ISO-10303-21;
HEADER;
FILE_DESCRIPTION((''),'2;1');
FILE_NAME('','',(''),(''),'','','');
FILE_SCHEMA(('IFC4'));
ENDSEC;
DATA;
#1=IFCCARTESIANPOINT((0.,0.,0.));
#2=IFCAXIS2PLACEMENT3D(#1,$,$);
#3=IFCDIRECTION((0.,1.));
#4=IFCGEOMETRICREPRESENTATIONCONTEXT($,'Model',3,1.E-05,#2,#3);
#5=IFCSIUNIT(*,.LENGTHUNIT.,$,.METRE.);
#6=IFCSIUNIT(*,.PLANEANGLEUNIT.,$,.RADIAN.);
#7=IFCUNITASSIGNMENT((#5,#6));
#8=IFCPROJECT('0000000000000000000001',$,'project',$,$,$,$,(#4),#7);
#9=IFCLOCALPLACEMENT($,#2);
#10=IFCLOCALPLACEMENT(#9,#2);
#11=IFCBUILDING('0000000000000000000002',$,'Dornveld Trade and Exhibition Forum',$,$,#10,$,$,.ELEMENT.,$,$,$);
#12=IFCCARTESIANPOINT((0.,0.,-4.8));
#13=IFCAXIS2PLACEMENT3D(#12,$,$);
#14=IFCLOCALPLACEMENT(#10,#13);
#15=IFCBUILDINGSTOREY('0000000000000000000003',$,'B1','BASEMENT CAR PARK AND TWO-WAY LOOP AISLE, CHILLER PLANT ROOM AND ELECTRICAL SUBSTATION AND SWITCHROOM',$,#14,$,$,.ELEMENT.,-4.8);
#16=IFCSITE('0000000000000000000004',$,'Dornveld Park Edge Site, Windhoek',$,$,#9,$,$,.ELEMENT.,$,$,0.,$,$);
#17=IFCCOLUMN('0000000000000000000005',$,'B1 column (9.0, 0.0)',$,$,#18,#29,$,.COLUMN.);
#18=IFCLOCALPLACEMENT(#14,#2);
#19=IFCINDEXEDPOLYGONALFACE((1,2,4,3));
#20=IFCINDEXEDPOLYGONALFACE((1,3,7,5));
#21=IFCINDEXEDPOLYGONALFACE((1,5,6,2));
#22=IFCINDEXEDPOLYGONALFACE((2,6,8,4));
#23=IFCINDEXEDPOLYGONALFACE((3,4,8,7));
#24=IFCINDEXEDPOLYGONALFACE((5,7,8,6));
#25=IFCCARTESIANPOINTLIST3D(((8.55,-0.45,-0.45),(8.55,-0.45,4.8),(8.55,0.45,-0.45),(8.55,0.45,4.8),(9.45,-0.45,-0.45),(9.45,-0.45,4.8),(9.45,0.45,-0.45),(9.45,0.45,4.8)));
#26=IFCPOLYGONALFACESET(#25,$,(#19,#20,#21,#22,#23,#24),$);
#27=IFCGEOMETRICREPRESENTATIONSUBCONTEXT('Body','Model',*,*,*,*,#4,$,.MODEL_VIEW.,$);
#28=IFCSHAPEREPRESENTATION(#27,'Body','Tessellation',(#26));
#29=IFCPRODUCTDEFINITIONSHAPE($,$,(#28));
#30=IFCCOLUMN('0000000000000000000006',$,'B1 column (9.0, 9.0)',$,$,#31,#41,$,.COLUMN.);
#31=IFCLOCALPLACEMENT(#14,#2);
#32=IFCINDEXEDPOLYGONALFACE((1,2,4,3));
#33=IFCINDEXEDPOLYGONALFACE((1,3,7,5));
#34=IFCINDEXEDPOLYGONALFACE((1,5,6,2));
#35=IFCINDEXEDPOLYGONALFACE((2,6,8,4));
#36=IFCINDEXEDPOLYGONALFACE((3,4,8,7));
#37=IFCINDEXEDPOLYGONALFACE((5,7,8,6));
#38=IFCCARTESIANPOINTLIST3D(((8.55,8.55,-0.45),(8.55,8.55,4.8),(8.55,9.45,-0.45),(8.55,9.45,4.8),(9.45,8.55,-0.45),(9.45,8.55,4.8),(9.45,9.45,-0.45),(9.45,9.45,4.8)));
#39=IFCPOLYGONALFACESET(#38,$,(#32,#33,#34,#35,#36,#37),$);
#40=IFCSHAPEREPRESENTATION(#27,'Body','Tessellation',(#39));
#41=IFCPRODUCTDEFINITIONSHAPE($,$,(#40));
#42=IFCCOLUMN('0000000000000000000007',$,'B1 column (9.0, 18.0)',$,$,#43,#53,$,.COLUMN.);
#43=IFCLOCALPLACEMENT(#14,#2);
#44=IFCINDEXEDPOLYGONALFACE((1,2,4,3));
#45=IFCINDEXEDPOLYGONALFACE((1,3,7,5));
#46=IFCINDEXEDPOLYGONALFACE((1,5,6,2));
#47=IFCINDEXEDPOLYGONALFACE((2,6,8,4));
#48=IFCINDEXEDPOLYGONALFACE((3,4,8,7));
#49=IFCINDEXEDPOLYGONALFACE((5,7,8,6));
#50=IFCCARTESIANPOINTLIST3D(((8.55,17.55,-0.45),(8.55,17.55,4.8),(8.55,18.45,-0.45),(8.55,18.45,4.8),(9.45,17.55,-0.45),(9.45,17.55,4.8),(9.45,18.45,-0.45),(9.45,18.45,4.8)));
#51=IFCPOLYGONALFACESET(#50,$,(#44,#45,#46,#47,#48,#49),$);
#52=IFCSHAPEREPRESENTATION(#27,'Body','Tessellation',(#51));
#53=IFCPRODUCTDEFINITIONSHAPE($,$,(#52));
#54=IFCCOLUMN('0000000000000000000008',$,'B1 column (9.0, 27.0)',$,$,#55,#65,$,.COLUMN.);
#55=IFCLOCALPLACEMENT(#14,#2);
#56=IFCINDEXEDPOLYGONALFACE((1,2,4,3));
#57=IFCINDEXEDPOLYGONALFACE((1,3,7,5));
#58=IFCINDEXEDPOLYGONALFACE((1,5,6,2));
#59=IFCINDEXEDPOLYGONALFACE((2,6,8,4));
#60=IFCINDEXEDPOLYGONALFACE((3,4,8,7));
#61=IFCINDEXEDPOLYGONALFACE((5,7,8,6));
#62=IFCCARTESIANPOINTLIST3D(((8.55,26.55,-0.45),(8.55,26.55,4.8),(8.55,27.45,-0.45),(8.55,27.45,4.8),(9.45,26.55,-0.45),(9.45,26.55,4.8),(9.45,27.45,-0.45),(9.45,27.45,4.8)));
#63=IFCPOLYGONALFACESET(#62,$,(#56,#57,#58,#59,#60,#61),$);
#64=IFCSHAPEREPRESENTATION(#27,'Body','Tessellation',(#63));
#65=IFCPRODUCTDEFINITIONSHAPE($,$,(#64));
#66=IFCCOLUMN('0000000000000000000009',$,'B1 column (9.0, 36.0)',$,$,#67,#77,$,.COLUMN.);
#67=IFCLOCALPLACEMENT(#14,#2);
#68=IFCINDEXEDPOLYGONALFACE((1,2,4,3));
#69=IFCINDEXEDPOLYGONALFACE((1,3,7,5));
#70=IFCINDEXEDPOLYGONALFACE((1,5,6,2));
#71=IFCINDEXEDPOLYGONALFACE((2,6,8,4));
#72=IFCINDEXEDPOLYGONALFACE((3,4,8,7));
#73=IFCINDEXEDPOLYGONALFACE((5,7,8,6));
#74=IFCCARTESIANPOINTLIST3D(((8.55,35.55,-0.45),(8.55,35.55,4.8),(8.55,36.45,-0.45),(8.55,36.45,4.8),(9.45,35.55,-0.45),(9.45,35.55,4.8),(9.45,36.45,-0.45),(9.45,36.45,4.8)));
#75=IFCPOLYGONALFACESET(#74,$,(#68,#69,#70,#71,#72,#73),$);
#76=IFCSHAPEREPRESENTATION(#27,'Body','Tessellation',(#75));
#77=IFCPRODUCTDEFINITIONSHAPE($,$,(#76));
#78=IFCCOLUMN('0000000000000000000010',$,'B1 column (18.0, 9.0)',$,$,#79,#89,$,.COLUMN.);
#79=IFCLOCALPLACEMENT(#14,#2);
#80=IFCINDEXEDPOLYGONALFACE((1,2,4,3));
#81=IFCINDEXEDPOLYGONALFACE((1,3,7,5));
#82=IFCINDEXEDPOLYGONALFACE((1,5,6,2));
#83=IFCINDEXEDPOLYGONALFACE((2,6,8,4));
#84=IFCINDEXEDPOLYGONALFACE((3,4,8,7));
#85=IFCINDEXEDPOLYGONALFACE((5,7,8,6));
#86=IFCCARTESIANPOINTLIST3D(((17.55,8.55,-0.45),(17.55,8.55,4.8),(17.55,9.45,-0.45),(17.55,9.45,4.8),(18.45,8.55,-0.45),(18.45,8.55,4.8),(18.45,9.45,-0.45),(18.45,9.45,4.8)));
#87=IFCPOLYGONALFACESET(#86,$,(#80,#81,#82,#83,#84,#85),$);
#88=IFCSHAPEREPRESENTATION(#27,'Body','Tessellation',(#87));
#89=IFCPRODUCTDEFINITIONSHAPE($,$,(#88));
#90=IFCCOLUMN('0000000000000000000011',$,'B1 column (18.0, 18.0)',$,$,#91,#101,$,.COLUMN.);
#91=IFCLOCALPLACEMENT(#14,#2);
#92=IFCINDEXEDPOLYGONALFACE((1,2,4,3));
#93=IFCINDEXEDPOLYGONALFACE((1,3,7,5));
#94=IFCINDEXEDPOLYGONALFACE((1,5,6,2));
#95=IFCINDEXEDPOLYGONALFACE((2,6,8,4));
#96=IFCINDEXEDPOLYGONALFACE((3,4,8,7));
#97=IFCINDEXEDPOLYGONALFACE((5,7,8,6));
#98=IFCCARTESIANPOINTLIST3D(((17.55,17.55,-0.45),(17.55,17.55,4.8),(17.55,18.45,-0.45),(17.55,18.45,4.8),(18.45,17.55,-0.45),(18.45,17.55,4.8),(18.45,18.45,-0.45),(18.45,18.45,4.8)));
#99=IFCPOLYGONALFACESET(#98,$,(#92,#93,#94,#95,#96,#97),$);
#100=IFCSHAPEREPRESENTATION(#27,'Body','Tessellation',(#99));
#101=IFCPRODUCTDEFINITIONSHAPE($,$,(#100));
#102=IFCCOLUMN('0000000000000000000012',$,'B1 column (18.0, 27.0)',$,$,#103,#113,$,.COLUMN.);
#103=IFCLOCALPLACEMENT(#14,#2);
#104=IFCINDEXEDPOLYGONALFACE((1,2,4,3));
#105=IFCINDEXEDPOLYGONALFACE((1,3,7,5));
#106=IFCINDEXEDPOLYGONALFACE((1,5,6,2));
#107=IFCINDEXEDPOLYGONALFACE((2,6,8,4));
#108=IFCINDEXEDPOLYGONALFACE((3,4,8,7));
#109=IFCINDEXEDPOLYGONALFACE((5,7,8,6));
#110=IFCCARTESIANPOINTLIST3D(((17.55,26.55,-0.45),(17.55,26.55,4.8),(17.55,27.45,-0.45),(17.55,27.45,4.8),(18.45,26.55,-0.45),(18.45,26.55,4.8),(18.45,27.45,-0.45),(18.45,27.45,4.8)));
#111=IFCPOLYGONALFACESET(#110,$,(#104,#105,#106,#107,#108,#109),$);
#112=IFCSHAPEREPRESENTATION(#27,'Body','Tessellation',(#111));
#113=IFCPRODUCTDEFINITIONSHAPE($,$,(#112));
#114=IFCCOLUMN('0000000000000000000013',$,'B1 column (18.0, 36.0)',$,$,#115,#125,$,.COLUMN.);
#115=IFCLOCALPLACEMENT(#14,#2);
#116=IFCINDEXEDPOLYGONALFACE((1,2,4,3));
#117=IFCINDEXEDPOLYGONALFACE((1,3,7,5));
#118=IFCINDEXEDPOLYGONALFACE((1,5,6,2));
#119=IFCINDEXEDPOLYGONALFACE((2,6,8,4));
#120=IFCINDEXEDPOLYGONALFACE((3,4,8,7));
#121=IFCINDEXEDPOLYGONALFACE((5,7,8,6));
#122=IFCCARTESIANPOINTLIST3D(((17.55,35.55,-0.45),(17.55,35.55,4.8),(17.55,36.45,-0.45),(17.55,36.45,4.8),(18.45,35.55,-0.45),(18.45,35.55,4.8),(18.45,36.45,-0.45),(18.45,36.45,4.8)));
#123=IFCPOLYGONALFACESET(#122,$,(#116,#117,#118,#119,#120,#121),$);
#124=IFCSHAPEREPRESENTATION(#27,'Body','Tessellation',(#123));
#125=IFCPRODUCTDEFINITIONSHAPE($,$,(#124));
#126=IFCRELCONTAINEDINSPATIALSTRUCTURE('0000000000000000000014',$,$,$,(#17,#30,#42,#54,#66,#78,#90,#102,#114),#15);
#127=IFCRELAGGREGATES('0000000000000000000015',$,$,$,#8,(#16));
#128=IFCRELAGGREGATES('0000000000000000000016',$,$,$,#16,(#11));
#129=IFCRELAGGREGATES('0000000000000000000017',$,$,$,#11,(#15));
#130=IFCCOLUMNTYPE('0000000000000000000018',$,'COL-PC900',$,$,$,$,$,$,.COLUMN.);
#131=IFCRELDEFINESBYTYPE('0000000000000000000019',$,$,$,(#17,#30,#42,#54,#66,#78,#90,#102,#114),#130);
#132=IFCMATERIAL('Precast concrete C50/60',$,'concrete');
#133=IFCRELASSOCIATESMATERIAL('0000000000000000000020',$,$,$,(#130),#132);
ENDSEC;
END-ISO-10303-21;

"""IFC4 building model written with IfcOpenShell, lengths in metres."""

from ifc_helpers import new_model, si_unit, direction, frame, origin, origin_2d, place, context, subcontext, project, spatial, rectangle, extrude, material, material_profile, profile_set, type_object, element, save


model = new_model("IFC4")

# Units and contexts
model_context = context("Model", 3, precision=1e-05, world=origin(), true_north=direction((0.0, 1.0)))
body_context = subcontext(model_context, "Body", "Model", "MODEL_VIEW")
ifc_project = project(units=[si_unit("LENGTHUNIT", "METRE"), si_unit("PLANEANGLEUNIT", "RADIAN")], contexts=[model_context])

# Site, building, storey
site_placement = place(None, origin())
site = spatial("IfcSite", under=ifc_project, at=site_placement, Name="Dornveld Park Edge Site, Windhoek", CompositionType="ELEMENT", RefElevation=0.0)
building_placement = place(site_placement, origin())
building = spatial("IfcBuilding", under=site, at=building_placement, Name="Dornveld Trade and Exhibition Forum", CompositionType="ELEMENT")
storey_placement = place(building_placement, frame((0.0, 0.0, -4.8)))
storey = spatial("IfcBuildingStorey", under=building, at=storey_placement, Name="B1", Description="BASEMENT CAR PARK AND TWO-WAY LOOP AISLE, CHILLER PLANT ROOM AND ELECTRICAL SUBSTATION AND SWITCHROOM", CompositionType="ELEMENT", Elevation=-4.8)

# Columns
ifc_material_1 = material(Name="Precast concrete C50/60", Category="concrete")
ifc_material_profile_1 = material_profile(ifc_material_1, rectangle(XDim=0.8999, YDim=0.8999, at=origin_2d()), Name="PC-COL 900x900")
ifc_profile_set_1 = profile_set([ifc_material_profile_1], Name="Precast concrete C50/60")
column_type_1 = type_object("IfcColumnType", Name="COL-PC900", PredefinedType="COLUMN", material=ifc_profile_set_1)
for number, where, z_axis, x_axis, name in (
    (1, (9.0, 0.0, -0.45), (0.0, 0.0, 1.0), (1.0, 0.0, 0.0), "B1 column (9.0, 0.0)"),
    (2, (9.0, 9.0, -0.45), (0.0, 0.0, 1.0), (1.0, 0.0, 0.0), "B1 column (9.0, 9.0)"),
    (3, (9.0, 18.0, -0.45), (0.0, 0.0, 1.0), (1.0, 0.0, 0.0), "B1 column (9.0, 18.0)"),
    (4, (9.0, 27.0, -0.45), (0.0, 0.0, 1.0), (1.0, 0.0, 0.0), "B1 column (9.0, 27.0)"),
    (5, (9.0, 36.0, -0.45), (0.0, 0.0, 1.0), (1.0, 0.0, 0.0), "B1 column (9.0, 36.0)"),
    (6, (18.0, 9.0, -0.45), (0.0, 0.0, 1.0), (1.0, 0.0, 0.0), "B1 column (18.0, 9.0)"),
    (7, (18.0, 18.0, -0.45), (0.0, 0.0, 1.0), (1.0, 0.0, 0.0), "B1 column (18.0, 18.0)"),
    (8, (18.0, 27.0, -0.45), (0.0, 0.0, 1.0), (1.0, 0.0, 0.0), "B1 column (18.0, 27.0)"),
    (9, (18.0, 36.0, -0.45), (0.0, 0.0, 1.0), (1.0, 0.0, 0.0), "B1 column (18.0, 36.0)"),
):
    element("IfcColumn", number, at=place(storey_placement, frame(where, z_axis=z_axis, x_axis=x_axis)), inside=storey, type_object=column_type_1, Name=name, PredefinedType="COLUMN", context=body_context, shape_type="SweptSolid", body=[
        extrude(rectangle(XDim=0.8999, YDim=0.8999, at=origin_2d()), origin(), (0.0, 0.0, 1.0), 5.25),
    ])

save(model, "model.ifc")
